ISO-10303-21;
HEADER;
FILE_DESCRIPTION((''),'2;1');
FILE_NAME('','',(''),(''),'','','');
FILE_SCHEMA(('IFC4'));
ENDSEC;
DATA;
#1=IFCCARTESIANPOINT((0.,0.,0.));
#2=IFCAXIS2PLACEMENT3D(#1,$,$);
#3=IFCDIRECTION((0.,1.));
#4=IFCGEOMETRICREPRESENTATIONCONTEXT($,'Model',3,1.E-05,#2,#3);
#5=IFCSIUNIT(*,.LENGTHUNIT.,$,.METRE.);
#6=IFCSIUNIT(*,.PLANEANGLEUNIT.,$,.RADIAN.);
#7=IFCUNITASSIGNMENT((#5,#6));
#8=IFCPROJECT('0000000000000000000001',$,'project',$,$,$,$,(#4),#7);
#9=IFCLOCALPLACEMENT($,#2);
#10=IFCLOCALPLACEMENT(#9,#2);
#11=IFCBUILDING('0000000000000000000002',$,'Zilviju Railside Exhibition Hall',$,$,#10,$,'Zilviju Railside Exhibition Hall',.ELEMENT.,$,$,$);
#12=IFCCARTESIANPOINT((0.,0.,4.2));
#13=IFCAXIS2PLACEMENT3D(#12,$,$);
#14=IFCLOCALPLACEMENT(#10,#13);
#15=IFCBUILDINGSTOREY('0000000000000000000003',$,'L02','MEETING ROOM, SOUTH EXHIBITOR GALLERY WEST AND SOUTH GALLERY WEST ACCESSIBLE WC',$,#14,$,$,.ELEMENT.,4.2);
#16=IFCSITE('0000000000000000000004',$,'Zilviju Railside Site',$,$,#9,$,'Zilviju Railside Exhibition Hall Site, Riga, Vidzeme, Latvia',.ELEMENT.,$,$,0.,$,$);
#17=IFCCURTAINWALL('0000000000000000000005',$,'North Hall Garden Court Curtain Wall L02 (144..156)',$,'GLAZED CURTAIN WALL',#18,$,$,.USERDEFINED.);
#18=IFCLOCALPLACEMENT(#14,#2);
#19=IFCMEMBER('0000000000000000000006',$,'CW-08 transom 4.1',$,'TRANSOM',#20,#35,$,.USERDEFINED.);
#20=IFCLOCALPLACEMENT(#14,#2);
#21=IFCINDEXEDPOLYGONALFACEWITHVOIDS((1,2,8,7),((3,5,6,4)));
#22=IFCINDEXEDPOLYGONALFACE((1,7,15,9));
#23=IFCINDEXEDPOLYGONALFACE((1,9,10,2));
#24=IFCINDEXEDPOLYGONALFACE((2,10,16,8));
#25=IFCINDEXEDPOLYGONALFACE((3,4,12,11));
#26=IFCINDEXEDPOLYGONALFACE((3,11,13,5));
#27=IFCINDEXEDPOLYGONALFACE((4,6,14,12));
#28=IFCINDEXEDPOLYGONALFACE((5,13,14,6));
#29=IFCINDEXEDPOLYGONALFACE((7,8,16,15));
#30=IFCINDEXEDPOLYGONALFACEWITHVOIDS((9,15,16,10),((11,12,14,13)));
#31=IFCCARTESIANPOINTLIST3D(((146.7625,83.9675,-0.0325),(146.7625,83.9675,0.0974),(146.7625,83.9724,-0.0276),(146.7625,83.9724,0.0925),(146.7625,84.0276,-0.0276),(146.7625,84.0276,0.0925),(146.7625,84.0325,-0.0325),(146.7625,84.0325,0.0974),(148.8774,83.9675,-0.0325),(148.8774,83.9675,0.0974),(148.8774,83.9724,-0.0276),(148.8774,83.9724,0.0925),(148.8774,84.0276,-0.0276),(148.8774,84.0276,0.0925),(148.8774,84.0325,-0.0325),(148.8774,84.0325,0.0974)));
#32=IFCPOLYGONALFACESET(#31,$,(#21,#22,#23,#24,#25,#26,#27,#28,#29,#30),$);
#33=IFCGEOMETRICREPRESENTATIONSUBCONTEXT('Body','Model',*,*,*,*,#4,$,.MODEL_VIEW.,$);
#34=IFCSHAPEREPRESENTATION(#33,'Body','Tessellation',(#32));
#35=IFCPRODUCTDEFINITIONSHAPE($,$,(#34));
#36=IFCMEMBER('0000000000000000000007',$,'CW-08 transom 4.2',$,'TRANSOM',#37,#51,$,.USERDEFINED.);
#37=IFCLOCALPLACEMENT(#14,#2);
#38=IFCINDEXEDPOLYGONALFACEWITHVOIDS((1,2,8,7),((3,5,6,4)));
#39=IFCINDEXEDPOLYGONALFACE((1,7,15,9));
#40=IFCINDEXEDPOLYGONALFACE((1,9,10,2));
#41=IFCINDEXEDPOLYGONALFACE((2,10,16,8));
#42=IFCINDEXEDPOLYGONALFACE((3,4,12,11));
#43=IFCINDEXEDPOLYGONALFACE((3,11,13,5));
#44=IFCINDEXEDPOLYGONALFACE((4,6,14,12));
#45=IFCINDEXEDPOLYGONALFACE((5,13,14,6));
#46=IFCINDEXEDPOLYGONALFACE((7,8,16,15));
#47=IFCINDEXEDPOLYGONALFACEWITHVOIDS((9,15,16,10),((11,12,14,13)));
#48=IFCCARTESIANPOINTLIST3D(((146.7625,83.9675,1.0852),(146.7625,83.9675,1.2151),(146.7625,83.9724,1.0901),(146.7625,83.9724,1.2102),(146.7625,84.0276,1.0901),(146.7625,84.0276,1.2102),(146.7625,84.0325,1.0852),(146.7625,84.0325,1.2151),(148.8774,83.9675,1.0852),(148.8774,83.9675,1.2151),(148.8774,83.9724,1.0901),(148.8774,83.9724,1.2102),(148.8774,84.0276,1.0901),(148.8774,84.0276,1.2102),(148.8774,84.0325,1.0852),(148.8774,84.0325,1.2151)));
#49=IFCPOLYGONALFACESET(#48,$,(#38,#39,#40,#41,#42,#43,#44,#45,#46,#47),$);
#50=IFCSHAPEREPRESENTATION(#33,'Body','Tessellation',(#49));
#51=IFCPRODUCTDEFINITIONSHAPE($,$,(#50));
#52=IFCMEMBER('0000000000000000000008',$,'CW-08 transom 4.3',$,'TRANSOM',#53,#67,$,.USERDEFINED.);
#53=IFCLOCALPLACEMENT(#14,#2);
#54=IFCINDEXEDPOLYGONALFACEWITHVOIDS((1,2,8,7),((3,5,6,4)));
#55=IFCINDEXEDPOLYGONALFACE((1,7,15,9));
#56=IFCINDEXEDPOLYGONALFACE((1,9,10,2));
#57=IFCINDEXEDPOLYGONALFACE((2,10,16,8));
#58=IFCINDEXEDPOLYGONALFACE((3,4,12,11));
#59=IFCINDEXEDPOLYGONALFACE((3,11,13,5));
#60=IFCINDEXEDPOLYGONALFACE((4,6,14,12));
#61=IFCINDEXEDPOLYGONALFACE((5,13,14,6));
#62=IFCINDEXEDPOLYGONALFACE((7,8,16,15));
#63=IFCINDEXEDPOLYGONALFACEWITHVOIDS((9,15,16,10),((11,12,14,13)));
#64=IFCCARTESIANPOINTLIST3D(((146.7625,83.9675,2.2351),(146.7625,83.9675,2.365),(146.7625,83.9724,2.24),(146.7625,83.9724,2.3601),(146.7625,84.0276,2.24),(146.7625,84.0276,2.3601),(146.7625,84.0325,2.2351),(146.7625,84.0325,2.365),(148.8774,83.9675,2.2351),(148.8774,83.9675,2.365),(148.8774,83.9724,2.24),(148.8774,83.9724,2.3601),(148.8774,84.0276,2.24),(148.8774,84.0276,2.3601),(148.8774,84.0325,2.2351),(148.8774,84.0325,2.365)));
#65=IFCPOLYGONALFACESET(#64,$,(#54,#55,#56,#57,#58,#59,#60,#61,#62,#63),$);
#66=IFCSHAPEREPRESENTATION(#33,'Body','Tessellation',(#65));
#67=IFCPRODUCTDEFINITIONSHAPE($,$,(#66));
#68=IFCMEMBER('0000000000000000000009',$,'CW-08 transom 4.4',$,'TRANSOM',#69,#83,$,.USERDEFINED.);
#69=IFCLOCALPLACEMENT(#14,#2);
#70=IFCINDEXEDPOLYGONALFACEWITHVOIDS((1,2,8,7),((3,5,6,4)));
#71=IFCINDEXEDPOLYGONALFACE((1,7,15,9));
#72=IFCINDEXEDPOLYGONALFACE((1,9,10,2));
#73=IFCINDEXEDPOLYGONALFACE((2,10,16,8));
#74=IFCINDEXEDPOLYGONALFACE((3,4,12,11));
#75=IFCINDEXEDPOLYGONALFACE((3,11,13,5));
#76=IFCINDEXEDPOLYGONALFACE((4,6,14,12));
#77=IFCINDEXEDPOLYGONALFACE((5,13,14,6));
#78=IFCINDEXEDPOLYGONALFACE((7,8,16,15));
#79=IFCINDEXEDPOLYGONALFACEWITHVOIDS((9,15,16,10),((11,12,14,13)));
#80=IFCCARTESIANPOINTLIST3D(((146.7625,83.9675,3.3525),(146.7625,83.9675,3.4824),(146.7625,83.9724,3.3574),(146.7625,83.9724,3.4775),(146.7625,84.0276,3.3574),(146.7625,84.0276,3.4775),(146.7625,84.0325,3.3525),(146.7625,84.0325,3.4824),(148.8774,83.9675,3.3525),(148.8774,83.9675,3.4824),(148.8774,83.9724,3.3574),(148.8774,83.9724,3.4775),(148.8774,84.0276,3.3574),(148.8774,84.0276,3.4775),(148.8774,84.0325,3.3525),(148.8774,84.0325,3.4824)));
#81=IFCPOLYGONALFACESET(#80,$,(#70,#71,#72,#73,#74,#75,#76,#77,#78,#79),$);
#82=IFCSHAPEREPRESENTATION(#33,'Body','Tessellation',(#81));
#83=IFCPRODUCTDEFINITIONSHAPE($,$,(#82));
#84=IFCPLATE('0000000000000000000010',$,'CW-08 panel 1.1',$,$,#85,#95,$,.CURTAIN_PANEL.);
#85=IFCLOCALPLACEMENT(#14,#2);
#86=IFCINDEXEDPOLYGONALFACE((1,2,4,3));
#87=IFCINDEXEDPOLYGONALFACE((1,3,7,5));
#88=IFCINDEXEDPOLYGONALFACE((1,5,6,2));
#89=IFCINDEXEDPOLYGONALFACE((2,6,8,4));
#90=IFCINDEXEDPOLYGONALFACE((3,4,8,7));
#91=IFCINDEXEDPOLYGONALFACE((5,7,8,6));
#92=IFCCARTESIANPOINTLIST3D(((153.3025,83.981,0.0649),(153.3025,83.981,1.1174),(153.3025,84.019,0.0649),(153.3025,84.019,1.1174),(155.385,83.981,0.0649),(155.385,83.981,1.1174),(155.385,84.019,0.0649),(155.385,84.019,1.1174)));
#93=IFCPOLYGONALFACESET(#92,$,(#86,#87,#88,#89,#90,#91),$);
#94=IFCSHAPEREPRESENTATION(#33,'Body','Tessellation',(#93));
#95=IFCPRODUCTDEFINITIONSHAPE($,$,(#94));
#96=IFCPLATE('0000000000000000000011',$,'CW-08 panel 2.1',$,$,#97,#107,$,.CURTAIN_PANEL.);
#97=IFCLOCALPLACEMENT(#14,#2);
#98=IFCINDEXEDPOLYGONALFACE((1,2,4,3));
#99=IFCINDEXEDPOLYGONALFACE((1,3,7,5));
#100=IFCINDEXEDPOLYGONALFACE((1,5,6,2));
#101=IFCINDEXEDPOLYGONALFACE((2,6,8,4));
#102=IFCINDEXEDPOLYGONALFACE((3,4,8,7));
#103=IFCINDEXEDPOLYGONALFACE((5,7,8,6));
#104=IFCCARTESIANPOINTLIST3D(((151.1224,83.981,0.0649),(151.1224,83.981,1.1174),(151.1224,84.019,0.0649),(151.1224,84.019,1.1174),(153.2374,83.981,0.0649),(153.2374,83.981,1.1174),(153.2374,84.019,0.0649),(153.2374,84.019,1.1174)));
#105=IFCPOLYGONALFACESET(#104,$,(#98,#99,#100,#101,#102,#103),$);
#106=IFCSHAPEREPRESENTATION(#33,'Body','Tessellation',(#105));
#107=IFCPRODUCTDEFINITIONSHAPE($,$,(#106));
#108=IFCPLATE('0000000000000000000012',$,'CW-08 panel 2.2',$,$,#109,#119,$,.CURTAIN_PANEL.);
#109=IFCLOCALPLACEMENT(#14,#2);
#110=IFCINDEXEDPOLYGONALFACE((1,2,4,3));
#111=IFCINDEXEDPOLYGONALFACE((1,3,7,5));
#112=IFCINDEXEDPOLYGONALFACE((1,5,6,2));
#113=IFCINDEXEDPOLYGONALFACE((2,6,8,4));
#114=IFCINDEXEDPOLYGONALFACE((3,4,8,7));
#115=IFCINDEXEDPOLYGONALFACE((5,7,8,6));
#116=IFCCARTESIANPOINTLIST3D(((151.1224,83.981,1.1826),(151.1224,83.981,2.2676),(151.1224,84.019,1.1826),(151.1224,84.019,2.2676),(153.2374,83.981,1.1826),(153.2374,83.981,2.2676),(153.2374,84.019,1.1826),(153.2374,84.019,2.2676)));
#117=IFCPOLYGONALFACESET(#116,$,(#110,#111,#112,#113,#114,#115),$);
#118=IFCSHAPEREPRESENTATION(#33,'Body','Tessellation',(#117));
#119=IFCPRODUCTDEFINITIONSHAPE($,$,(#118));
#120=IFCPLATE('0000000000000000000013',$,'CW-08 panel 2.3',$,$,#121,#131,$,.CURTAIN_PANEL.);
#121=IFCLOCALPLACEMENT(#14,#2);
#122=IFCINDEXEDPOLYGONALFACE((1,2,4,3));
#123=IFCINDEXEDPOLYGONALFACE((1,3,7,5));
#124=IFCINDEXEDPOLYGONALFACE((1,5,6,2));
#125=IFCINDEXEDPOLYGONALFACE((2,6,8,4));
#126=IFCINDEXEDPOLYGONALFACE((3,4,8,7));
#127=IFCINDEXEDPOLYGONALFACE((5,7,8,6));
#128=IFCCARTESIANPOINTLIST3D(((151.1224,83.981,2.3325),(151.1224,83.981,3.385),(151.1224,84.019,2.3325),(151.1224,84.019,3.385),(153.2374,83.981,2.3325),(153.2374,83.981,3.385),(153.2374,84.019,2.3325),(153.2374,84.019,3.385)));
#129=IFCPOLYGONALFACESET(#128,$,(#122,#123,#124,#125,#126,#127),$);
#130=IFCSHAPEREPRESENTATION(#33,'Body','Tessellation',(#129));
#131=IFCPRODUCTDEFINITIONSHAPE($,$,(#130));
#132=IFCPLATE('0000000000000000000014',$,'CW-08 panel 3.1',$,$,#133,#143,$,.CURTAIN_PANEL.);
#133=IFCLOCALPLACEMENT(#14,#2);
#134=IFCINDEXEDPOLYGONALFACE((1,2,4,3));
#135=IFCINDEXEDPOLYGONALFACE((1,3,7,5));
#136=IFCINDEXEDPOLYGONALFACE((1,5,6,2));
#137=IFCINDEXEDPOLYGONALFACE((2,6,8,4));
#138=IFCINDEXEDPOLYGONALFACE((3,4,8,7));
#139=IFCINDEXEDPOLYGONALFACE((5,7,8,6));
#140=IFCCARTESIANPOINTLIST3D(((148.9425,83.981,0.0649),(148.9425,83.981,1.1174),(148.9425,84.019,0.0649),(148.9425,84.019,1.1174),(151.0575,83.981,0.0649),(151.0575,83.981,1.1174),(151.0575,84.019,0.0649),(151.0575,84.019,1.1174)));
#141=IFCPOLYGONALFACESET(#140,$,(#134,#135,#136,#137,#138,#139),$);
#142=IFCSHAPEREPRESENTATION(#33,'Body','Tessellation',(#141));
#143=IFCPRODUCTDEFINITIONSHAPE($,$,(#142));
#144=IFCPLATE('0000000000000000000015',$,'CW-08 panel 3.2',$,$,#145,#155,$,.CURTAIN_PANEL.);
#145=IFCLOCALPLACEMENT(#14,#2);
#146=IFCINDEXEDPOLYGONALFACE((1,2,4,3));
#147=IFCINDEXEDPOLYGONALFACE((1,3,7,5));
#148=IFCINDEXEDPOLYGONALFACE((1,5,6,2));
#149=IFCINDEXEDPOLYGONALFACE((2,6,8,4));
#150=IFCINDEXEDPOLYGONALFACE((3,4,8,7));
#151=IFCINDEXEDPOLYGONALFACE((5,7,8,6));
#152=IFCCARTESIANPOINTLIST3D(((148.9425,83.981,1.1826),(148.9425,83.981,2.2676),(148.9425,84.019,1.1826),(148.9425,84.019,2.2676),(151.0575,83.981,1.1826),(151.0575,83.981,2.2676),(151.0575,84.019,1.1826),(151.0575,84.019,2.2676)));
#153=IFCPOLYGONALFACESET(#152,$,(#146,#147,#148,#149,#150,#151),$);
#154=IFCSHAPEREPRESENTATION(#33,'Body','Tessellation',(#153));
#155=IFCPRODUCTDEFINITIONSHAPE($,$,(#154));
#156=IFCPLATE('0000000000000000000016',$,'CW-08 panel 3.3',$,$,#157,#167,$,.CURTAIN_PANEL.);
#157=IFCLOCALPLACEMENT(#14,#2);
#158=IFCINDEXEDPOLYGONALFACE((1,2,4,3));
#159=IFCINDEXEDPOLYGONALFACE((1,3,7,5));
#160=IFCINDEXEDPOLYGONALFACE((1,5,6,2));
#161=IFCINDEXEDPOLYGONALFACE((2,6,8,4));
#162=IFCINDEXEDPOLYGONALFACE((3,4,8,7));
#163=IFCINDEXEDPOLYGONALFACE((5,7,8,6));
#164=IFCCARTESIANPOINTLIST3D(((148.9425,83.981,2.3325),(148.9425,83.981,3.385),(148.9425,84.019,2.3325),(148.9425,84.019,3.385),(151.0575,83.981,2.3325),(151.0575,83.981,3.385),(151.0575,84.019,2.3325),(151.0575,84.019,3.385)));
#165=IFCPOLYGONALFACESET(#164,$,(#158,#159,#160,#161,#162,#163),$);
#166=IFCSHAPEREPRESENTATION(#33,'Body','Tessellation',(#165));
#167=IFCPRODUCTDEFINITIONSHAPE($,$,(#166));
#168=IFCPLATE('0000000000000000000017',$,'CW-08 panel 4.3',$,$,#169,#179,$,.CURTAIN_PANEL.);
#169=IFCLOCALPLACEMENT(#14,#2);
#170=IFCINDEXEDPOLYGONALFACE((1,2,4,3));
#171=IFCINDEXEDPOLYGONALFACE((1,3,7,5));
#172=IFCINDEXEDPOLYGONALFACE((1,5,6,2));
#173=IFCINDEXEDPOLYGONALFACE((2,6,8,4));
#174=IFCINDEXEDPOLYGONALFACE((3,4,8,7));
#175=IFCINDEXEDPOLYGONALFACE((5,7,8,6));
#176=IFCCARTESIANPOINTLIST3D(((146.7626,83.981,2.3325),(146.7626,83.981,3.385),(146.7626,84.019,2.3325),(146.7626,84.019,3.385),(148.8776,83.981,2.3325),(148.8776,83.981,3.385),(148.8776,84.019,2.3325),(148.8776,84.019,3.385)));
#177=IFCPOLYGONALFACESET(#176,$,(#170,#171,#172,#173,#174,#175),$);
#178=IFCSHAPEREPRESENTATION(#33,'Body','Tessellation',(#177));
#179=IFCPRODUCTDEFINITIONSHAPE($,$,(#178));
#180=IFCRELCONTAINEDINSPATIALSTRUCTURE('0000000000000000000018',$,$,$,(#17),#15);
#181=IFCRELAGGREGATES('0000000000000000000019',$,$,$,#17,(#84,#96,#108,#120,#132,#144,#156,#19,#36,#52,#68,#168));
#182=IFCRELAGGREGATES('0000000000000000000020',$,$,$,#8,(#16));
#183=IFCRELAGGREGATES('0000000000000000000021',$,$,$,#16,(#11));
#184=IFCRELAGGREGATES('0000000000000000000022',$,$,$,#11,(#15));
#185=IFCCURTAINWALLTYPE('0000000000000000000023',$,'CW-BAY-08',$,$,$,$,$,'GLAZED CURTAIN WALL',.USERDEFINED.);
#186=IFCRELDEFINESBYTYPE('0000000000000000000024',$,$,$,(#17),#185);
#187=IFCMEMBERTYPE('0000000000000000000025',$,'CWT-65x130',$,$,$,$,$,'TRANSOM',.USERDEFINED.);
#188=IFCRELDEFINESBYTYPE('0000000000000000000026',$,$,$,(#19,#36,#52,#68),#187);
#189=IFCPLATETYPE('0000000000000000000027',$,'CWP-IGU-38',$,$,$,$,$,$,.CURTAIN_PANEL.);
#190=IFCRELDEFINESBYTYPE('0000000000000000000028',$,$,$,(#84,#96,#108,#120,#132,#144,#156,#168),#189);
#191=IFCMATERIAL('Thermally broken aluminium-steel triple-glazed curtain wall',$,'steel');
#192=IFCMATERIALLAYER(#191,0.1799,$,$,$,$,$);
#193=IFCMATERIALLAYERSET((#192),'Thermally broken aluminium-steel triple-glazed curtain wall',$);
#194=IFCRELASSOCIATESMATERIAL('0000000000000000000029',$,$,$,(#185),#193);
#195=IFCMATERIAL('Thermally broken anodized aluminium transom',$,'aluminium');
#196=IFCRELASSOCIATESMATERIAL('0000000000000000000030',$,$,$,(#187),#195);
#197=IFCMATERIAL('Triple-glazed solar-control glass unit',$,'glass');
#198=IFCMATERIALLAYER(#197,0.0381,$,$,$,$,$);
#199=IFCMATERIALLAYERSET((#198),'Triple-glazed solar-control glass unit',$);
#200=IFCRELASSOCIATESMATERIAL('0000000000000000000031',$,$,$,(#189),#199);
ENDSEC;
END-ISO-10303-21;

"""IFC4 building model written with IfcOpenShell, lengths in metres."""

from ifc_helpers import new_model, si_unit, direction, frame, origin, origin_2d, place, context, subcontext, project, spatial, rectangle, hollow_rectangle, extrude, material, layer, layer_set, material_profile, profile_set, type_object, element, aggregate, save


model = new_model("IFC4")

# Units and contexts
model_context = context("Model", 3, precision=1e-05, world=origin(), true_north=direction((0.0, 1.0)))
body_context = subcontext(model_context, "Body", "Model", "MODEL_VIEW")
ifc_project = project(units=[si_unit("LENGTHUNIT", "METRE"), si_unit("PLANEANGLEUNIT", "RADIAN")], contexts=[model_context])

# Site, building, storey
site_placement = place(None, origin())
site = spatial("IfcSite", under=ifc_project, at=site_placement, Name="Zilviju Railside Site", LongName="Zilviju Railside Exhibition Hall Site, Riga, Vidzeme, Latvia", CompositionType="ELEMENT", RefElevation=0.0)
building_placement = place(site_placement, origin())
building = spatial("IfcBuilding", under=site, at=building_placement, Name="Zilviju Railside Exhibition Hall", LongName="Zilviju Railside Exhibition Hall", CompositionType="ELEMENT")
storey_placement = place(building_placement, frame((0.0, 0.0, 4.2)))
storey = spatial("IfcBuildingStorey", under=building, at=storey_placement, Name="L02", Description="MEETING ROOM, SOUTH EXHIBITOR GALLERY WEST AND SOUTH GALLERY WEST ACCESSIBLE WC", CompositionType="ELEMENT", Elevation=4.2)

# Curtain wall, members, plates
ifc_material_1 = material(Name="Thermally broken aluminium-steel triple-glazed curtain wall", Category="steel")
ifc_layer_1 = layer(ifc_material_1, 0.1799)
ifc_layer_set_1 = layer_set([ifc_layer_1], Name="Thermally broken aluminium-steel triple-glazed curtain wall")
curtain_wall_type = type_object("IfcCurtainWallType", Name="CW-BAY-08", ElementType="GLAZED CURTAIN WALL", PredefinedType="USERDEFINED", material=ifc_layer_set_1)
curtain_wall_placement = place(storey_placement, origin())
curtain_wall = element("IfcCurtainWall", 1, at=curtain_wall_placement, inside=storey, type_object=curtain_wall_type, Name="North Hall Garden Court Curtain Wall L02 (144..156)", ObjectType="GLAZED CURTAIN WALL", PredefinedType="USERDEFINED")
ifc_material_2 = material(Name="Thermally broken anodized aluminium transom", Category="aluminium")
ifc_material_profile_1 = material_profile(ifc_material_2, hollow_rectangle(XDim=0.0649, YDim=0.1299, WallThickness=0.0049, at=origin_2d()), Name="TRANSOM 130x65x5")
ifc_profile_set_1 = profile_set([ifc_material_profile_1], Name="Thermally broken anodized aluminium transom")
member_type_1 = type_object("IfcMemberType", Name="CWT-65x130", ElementType="TRANSOM", PredefinedType="USERDEFINED", material=ifc_profile_set_1)
member_1_placement = place(storey_placement, frame((148.8774, 84.0, 0.0325), z_axis=(-1.0, 0.0, 0.0), x_axis=(0.0, -1.0, 0.0)))
member_1 = element("IfcMember", 2, at=member_1_placement, type_object=member_type_1, Name="CW-08 transom 4.1", ObjectType="TRANSOM", PredefinedType="USERDEFINED", context=body_context, shape_type="SweptSolid", body=[
    extrude(hollow_rectangle(XDim=0.0649, YDim=0.1299, WallThickness=0.0049, at=origin_2d()), origin(), (0.0, 0.0, 1.0), 2.115),
])
member_2_placement = place(storey_placement, frame((148.8774, 84.0, 1.1501), z_axis=(-1.0, 0.0, 0.0), x_axis=(0.0, -1.0, 0.0)))
member_2 = element("IfcMember", 3, at=member_2_placement, type_object=member_type_1, Name="CW-08 transom 4.2", ObjectType="TRANSOM", PredefinedType="USERDEFINED", context=body_context, shape_type="SweptSolid", body=[
    extrude(hollow_rectangle(XDim=0.0649, YDim=0.1299, WallThickness=0.0049, at=origin_2d()), origin(), (0.0, 0.0, 1.0), 2.115),
])
member_3_placement = place(storey_placement, frame((148.8774, 84.0, 2.3), z_axis=(-1.0, 0.0, 0.0), x_axis=(0.0, -1.0, 0.0)))
member_3 = element("IfcMember", 4, at=member_3_placement, type_object=member_type_1, Name="CW-08 transom 4.3", ObjectType="TRANSOM", PredefinedType="USERDEFINED", context=body_context, shape_type="SweptSolid", body=[
    extrude(hollow_rectangle(XDim=0.0649, YDim=0.1299, WallThickness=0.0049, at=origin_2d()), origin(), (0.0, 0.0, 1.0), 2.115),
])
member_4_placement = place(storey_placement, frame((148.8774, 84.0, 3.4175), z_axis=(-1.0, 0.0, 0.0), x_axis=(0.0, -1.0, 0.0)))
member_4 = element("IfcMember", 5, at=member_4_placement, type_object=member_type_1, Name="CW-08 transom 4.4", ObjectType="TRANSOM", PredefinedType="USERDEFINED", context=body_context, shape_type="SweptSolid", body=[
    extrude(hollow_rectangle(XDim=0.0649, YDim=0.1299, WallThickness=0.0049, at=origin_2d()), origin(), (0.0, 0.0, 1.0), 2.115),
])
ifc_material_3 = material(Name="Triple-glazed solar-control glass unit", Category="glass")
ifc_layer_2 = layer(ifc_material_3, 0.0381)
ifc_layer_set_2 = layer_set([ifc_layer_2], Name="Triple-glazed solar-control glass unit")
plate_type = type_object("IfcPlateType", Name="CWP-IGU-38", PredefinedType="CURTAIN_PANEL", material=ifc_layer_set_2)
plate_1_placement = place(storey_placement, frame((154.3438, 84.0, 0.0649), z_axis=(0.0, 0.0, 1.0), x_axis=(-1.0, 0.0, 0.0)))
plate_1 = element("IfcPlate", 6, at=plate_1_placement, type_object=plate_type, Name="CW-08 panel 1.1", PredefinedType="CURTAIN_PANEL", context=body_context, shape_type="SweptSolid", body=[
    extrude(rectangle(XDim=2.0825, YDim=0.0381, at=origin_2d()), origin(), (0.0, 0.0, 1.0), 1.0525),
])
plate_2_placement = place(storey_placement, frame((152.1799, 84.0, 0.0649), z_axis=(0.0, 0.0, 1.0), x_axis=(-1.0, 0.0, 0.0)))
plate_2 = element("IfcPlate", 7, at=plate_2_placement, type_object=plate_type, Name="CW-08 panel 2.1", PredefinedType="CURTAIN_PANEL", context=body_context, shape_type="SweptSolid", body=[
    extrude(rectangle(XDim=2.115, YDim=0.0381, at=origin_2d()), origin(), (0.0, 0.0, 1.0), 1.0525),
])
plate_3_placement = place(storey_placement, frame((152.1799, 84.0, 1.1826), z_axis=(0.0, 0.0, 1.0), x_axis=(-1.0, 0.0, 0.0)))
plate_3 = element("IfcPlate", 8, at=plate_3_placement, type_object=plate_type, Name="CW-08 panel 2.2", PredefinedType="CURTAIN_PANEL", context=body_context, shape_type="SweptSolid", body=[
    extrude(rectangle(XDim=2.115, YDim=0.0381, at=origin_2d()), origin(), (0.0, 0.0, 1.0), 1.085),
])
plate_4_placement = place(storey_placement, frame((152.1799, 84.0, 2.3325), z_axis=(0.0, 0.0, 1.0), x_axis=(-1.0, 0.0, 0.0)))
plate_4 = element("IfcPlate", 9, at=plate_4_placement, type_object=plate_type, Name="CW-08 panel 2.3", PredefinedType="CURTAIN_PANEL", context=body_context, shape_type="SweptSolid", body=[
    extrude(rectangle(XDim=2.115, YDim=0.0381, at=origin_2d()), origin(), (0.0, 0.0, 1.0), 1.0525),
])
plate_5_placement = place(storey_placement, frame((150.0, 84.0, 0.0649), z_axis=(0.0, 0.0, 1.0), x_axis=(-1.0, 0.0, 0.0)))
plate_5 = element("IfcPlate", 10, at=plate_5_placement, type_object=plate_type, Name="CW-08 panel 3.1", PredefinedType="CURTAIN_PANEL", context=body_context, shape_type="SweptSolid", body=[
    extrude(rectangle(XDim=2.115, YDim=0.0381, at=origin_2d()), origin(), (0.0, 0.0, 1.0), 1.0525),
])
plate_6_placement = place(storey_placement, frame((150.0, 84.0, 1.1826), z_axis=(0.0, 0.0, 1.0), x_axis=(-1.0, 0.0, 0.0)))
plate_6 = element("IfcPlate", 11, at=plate_6_placement, type_object=plate_type, Name="CW-08 panel 3.2", PredefinedType="CURTAIN_PANEL", context=body_context, shape_type="SweptSolid", body=[
    extrude(rectangle(XDim=2.115, YDim=0.0381, at=origin_2d()), origin(), (0.0, 0.0, 1.0), 1.085),
])
plate_7_placement = place(storey_placement, frame((150.0, 84.0, 2.3325), z_axis=(0.0, 0.0, 1.0), x_axis=(-1.0, 0.0, 0.0)))
plate_7 = element("IfcPlate", 12, at=plate_7_placement, type_object=plate_type, Name="CW-08 panel 3.3", PredefinedType="CURTAIN_PANEL", context=body_context, shape_type="SweptSolid", body=[
    extrude(rectangle(XDim=2.115, YDim=0.0381, at=origin_2d()), origin(), (0.0, 0.0, 1.0), 1.0525),
])
plate_8_placement = place(storey_placement, frame((147.8201, 84.0, 2.3325), z_axis=(0.0, 0.0, 1.0), x_axis=(-1.0, 0.0, 0.0)))
plate_8 = element("IfcPlate", 13, at=plate_8_placement, type_object=plate_type, Name="CW-08 panel 4.3", PredefinedType="CURTAIN_PANEL", context=body_context, shape_type="SweptSolid", body=[
    extrude(rectangle(XDim=2.115, YDim=0.0381, at=origin_2d()), origin(), (0.0, 0.0, 1.0), 1.0525),
])
aggregate(curtain_wall, [plate_1, plate_2, plate_3, plate_4, plate_5, plate_6, plate_7, member_1, member_2, member_3, member_4, plate_8])

save(model, "model.ifc")
